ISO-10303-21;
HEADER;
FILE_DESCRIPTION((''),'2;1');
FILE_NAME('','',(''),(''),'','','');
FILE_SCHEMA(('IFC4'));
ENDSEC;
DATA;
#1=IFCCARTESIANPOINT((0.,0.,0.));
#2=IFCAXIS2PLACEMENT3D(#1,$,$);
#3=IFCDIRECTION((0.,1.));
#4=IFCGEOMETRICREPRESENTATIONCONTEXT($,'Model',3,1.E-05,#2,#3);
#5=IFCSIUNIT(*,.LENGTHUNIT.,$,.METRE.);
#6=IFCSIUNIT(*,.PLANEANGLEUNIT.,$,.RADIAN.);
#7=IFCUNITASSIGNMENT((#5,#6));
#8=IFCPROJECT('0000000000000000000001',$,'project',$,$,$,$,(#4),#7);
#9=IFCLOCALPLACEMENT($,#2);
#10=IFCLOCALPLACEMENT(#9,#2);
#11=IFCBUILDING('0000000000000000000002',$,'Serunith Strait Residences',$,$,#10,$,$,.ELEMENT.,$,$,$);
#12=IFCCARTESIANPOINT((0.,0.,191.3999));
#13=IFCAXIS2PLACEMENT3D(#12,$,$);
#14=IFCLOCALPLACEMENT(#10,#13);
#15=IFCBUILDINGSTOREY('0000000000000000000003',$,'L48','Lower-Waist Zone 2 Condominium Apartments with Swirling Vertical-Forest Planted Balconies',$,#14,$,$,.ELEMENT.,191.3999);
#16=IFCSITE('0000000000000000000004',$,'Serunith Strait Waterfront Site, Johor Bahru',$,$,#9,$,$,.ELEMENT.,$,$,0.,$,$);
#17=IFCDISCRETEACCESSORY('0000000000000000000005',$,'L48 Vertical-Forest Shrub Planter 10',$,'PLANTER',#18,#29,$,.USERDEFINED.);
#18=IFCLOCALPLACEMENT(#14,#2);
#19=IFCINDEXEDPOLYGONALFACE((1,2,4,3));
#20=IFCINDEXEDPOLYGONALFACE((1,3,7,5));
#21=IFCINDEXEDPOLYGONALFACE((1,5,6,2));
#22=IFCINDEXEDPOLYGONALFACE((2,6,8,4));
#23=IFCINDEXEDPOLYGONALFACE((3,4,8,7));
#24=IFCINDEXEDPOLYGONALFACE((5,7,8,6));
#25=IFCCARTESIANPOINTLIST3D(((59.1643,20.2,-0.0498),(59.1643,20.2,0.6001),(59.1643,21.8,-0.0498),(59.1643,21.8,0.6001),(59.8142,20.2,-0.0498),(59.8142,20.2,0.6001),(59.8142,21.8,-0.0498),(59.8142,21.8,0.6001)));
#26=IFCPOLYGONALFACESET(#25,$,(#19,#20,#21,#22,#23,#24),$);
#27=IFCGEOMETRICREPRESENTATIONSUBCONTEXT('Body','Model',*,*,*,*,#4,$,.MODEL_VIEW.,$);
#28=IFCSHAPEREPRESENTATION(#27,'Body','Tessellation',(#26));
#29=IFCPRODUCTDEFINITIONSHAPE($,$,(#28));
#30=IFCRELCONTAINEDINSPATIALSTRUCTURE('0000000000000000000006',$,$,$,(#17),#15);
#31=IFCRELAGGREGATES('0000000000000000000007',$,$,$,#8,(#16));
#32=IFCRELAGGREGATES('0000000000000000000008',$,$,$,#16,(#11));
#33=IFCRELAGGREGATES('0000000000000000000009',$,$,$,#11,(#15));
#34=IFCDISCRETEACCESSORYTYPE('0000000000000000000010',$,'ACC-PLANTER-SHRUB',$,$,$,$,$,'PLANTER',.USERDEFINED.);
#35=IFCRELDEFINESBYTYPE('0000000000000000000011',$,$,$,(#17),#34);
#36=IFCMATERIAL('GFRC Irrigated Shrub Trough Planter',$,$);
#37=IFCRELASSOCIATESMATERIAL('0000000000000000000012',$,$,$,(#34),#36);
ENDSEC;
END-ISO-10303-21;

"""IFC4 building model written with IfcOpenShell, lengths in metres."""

from ifc_helpers import new_model, si_unit, direction, frame, origin, origin_2d, place, context, subcontext, project, spatial, rectangle, extrude, source, transform, mapped, material, type_object, element, save


model = new_model("IFC4")

# Units and contexts
model_context = context("Model", 3, precision=1e-05, world=origin(), true_north=direction((0.0, 1.0)))
body_context = subcontext(model_context, "Body", "Model", "MODEL_VIEW")
ifc_project = project(units=[si_unit("LENGTHUNIT", "METRE"), si_unit("PLANEANGLEUNIT", "RADIAN")], contexts=[model_context])

# Site, building, storey
site_placement = place(None, origin())
site = spatial("IfcSite", under=ifc_project, at=site_placement, Name="Serunith Strait Waterfront Site, Johor Bahru", CompositionType="ELEMENT", RefElevation=0.0)
building_placement = place(site_placement, origin())
building = spatial("IfcBuilding", under=site, at=building_placement, Name="Serunith Strait Residences", CompositionType="ELEMENT")
storey_placement = place(building_placement, frame((0.0, 0.0, 191.3999)))
storey = spatial("IfcBuildingStorey", under=building, at=storey_placement, Name="L48", Description="Lower-Waist Zone 2 Condominium Apartments with Swirling Vertical-Forest Planted Balconies", CompositionType="ELEMENT", Elevation=191.3999)

# Discrete accessory
ifc_material_1 = material(Name="GFRC Irrigated Shrub Trough Planter")
discrete_accessory_type = type_object("IfcDiscreteAccessoryType", Name="ACC-PLANTER-SHRUB", ElementType="PLANTER", PredefinedType="USERDEFINED", material=ifc_material_1)
shared_shape_1 = source(origin(), body_context, "Body", "SweptSolid", [
    extrude(rectangle(XDim=1.6001, YDim=0.6499, at=origin_2d()), origin(), (0.0, 0.0, 1.0), 0.6499),
])
discrete_accessory_placement = place(storey_placement, frame((59.4893, 21.0, -0.0498), z_axis=(0.0, 0.0, 1.0), x_axis=(0.0, 1.0, 0.0)))
element("IfcDiscreteAccessory", 1, at=discrete_accessory_placement, inside=storey, type_object=discrete_accessory_type, Name="L48 Vertical-Forest Shrub Planter 10", ObjectType="PLANTER", PredefinedType="USERDEFINED", context=body_context, shape_type="MappedRepresentation", body=[
    mapped(shared_shape_1, transform((0.0, 0.0, 0.0), scale=1.0)),
])

save(model, "model.ifc")
